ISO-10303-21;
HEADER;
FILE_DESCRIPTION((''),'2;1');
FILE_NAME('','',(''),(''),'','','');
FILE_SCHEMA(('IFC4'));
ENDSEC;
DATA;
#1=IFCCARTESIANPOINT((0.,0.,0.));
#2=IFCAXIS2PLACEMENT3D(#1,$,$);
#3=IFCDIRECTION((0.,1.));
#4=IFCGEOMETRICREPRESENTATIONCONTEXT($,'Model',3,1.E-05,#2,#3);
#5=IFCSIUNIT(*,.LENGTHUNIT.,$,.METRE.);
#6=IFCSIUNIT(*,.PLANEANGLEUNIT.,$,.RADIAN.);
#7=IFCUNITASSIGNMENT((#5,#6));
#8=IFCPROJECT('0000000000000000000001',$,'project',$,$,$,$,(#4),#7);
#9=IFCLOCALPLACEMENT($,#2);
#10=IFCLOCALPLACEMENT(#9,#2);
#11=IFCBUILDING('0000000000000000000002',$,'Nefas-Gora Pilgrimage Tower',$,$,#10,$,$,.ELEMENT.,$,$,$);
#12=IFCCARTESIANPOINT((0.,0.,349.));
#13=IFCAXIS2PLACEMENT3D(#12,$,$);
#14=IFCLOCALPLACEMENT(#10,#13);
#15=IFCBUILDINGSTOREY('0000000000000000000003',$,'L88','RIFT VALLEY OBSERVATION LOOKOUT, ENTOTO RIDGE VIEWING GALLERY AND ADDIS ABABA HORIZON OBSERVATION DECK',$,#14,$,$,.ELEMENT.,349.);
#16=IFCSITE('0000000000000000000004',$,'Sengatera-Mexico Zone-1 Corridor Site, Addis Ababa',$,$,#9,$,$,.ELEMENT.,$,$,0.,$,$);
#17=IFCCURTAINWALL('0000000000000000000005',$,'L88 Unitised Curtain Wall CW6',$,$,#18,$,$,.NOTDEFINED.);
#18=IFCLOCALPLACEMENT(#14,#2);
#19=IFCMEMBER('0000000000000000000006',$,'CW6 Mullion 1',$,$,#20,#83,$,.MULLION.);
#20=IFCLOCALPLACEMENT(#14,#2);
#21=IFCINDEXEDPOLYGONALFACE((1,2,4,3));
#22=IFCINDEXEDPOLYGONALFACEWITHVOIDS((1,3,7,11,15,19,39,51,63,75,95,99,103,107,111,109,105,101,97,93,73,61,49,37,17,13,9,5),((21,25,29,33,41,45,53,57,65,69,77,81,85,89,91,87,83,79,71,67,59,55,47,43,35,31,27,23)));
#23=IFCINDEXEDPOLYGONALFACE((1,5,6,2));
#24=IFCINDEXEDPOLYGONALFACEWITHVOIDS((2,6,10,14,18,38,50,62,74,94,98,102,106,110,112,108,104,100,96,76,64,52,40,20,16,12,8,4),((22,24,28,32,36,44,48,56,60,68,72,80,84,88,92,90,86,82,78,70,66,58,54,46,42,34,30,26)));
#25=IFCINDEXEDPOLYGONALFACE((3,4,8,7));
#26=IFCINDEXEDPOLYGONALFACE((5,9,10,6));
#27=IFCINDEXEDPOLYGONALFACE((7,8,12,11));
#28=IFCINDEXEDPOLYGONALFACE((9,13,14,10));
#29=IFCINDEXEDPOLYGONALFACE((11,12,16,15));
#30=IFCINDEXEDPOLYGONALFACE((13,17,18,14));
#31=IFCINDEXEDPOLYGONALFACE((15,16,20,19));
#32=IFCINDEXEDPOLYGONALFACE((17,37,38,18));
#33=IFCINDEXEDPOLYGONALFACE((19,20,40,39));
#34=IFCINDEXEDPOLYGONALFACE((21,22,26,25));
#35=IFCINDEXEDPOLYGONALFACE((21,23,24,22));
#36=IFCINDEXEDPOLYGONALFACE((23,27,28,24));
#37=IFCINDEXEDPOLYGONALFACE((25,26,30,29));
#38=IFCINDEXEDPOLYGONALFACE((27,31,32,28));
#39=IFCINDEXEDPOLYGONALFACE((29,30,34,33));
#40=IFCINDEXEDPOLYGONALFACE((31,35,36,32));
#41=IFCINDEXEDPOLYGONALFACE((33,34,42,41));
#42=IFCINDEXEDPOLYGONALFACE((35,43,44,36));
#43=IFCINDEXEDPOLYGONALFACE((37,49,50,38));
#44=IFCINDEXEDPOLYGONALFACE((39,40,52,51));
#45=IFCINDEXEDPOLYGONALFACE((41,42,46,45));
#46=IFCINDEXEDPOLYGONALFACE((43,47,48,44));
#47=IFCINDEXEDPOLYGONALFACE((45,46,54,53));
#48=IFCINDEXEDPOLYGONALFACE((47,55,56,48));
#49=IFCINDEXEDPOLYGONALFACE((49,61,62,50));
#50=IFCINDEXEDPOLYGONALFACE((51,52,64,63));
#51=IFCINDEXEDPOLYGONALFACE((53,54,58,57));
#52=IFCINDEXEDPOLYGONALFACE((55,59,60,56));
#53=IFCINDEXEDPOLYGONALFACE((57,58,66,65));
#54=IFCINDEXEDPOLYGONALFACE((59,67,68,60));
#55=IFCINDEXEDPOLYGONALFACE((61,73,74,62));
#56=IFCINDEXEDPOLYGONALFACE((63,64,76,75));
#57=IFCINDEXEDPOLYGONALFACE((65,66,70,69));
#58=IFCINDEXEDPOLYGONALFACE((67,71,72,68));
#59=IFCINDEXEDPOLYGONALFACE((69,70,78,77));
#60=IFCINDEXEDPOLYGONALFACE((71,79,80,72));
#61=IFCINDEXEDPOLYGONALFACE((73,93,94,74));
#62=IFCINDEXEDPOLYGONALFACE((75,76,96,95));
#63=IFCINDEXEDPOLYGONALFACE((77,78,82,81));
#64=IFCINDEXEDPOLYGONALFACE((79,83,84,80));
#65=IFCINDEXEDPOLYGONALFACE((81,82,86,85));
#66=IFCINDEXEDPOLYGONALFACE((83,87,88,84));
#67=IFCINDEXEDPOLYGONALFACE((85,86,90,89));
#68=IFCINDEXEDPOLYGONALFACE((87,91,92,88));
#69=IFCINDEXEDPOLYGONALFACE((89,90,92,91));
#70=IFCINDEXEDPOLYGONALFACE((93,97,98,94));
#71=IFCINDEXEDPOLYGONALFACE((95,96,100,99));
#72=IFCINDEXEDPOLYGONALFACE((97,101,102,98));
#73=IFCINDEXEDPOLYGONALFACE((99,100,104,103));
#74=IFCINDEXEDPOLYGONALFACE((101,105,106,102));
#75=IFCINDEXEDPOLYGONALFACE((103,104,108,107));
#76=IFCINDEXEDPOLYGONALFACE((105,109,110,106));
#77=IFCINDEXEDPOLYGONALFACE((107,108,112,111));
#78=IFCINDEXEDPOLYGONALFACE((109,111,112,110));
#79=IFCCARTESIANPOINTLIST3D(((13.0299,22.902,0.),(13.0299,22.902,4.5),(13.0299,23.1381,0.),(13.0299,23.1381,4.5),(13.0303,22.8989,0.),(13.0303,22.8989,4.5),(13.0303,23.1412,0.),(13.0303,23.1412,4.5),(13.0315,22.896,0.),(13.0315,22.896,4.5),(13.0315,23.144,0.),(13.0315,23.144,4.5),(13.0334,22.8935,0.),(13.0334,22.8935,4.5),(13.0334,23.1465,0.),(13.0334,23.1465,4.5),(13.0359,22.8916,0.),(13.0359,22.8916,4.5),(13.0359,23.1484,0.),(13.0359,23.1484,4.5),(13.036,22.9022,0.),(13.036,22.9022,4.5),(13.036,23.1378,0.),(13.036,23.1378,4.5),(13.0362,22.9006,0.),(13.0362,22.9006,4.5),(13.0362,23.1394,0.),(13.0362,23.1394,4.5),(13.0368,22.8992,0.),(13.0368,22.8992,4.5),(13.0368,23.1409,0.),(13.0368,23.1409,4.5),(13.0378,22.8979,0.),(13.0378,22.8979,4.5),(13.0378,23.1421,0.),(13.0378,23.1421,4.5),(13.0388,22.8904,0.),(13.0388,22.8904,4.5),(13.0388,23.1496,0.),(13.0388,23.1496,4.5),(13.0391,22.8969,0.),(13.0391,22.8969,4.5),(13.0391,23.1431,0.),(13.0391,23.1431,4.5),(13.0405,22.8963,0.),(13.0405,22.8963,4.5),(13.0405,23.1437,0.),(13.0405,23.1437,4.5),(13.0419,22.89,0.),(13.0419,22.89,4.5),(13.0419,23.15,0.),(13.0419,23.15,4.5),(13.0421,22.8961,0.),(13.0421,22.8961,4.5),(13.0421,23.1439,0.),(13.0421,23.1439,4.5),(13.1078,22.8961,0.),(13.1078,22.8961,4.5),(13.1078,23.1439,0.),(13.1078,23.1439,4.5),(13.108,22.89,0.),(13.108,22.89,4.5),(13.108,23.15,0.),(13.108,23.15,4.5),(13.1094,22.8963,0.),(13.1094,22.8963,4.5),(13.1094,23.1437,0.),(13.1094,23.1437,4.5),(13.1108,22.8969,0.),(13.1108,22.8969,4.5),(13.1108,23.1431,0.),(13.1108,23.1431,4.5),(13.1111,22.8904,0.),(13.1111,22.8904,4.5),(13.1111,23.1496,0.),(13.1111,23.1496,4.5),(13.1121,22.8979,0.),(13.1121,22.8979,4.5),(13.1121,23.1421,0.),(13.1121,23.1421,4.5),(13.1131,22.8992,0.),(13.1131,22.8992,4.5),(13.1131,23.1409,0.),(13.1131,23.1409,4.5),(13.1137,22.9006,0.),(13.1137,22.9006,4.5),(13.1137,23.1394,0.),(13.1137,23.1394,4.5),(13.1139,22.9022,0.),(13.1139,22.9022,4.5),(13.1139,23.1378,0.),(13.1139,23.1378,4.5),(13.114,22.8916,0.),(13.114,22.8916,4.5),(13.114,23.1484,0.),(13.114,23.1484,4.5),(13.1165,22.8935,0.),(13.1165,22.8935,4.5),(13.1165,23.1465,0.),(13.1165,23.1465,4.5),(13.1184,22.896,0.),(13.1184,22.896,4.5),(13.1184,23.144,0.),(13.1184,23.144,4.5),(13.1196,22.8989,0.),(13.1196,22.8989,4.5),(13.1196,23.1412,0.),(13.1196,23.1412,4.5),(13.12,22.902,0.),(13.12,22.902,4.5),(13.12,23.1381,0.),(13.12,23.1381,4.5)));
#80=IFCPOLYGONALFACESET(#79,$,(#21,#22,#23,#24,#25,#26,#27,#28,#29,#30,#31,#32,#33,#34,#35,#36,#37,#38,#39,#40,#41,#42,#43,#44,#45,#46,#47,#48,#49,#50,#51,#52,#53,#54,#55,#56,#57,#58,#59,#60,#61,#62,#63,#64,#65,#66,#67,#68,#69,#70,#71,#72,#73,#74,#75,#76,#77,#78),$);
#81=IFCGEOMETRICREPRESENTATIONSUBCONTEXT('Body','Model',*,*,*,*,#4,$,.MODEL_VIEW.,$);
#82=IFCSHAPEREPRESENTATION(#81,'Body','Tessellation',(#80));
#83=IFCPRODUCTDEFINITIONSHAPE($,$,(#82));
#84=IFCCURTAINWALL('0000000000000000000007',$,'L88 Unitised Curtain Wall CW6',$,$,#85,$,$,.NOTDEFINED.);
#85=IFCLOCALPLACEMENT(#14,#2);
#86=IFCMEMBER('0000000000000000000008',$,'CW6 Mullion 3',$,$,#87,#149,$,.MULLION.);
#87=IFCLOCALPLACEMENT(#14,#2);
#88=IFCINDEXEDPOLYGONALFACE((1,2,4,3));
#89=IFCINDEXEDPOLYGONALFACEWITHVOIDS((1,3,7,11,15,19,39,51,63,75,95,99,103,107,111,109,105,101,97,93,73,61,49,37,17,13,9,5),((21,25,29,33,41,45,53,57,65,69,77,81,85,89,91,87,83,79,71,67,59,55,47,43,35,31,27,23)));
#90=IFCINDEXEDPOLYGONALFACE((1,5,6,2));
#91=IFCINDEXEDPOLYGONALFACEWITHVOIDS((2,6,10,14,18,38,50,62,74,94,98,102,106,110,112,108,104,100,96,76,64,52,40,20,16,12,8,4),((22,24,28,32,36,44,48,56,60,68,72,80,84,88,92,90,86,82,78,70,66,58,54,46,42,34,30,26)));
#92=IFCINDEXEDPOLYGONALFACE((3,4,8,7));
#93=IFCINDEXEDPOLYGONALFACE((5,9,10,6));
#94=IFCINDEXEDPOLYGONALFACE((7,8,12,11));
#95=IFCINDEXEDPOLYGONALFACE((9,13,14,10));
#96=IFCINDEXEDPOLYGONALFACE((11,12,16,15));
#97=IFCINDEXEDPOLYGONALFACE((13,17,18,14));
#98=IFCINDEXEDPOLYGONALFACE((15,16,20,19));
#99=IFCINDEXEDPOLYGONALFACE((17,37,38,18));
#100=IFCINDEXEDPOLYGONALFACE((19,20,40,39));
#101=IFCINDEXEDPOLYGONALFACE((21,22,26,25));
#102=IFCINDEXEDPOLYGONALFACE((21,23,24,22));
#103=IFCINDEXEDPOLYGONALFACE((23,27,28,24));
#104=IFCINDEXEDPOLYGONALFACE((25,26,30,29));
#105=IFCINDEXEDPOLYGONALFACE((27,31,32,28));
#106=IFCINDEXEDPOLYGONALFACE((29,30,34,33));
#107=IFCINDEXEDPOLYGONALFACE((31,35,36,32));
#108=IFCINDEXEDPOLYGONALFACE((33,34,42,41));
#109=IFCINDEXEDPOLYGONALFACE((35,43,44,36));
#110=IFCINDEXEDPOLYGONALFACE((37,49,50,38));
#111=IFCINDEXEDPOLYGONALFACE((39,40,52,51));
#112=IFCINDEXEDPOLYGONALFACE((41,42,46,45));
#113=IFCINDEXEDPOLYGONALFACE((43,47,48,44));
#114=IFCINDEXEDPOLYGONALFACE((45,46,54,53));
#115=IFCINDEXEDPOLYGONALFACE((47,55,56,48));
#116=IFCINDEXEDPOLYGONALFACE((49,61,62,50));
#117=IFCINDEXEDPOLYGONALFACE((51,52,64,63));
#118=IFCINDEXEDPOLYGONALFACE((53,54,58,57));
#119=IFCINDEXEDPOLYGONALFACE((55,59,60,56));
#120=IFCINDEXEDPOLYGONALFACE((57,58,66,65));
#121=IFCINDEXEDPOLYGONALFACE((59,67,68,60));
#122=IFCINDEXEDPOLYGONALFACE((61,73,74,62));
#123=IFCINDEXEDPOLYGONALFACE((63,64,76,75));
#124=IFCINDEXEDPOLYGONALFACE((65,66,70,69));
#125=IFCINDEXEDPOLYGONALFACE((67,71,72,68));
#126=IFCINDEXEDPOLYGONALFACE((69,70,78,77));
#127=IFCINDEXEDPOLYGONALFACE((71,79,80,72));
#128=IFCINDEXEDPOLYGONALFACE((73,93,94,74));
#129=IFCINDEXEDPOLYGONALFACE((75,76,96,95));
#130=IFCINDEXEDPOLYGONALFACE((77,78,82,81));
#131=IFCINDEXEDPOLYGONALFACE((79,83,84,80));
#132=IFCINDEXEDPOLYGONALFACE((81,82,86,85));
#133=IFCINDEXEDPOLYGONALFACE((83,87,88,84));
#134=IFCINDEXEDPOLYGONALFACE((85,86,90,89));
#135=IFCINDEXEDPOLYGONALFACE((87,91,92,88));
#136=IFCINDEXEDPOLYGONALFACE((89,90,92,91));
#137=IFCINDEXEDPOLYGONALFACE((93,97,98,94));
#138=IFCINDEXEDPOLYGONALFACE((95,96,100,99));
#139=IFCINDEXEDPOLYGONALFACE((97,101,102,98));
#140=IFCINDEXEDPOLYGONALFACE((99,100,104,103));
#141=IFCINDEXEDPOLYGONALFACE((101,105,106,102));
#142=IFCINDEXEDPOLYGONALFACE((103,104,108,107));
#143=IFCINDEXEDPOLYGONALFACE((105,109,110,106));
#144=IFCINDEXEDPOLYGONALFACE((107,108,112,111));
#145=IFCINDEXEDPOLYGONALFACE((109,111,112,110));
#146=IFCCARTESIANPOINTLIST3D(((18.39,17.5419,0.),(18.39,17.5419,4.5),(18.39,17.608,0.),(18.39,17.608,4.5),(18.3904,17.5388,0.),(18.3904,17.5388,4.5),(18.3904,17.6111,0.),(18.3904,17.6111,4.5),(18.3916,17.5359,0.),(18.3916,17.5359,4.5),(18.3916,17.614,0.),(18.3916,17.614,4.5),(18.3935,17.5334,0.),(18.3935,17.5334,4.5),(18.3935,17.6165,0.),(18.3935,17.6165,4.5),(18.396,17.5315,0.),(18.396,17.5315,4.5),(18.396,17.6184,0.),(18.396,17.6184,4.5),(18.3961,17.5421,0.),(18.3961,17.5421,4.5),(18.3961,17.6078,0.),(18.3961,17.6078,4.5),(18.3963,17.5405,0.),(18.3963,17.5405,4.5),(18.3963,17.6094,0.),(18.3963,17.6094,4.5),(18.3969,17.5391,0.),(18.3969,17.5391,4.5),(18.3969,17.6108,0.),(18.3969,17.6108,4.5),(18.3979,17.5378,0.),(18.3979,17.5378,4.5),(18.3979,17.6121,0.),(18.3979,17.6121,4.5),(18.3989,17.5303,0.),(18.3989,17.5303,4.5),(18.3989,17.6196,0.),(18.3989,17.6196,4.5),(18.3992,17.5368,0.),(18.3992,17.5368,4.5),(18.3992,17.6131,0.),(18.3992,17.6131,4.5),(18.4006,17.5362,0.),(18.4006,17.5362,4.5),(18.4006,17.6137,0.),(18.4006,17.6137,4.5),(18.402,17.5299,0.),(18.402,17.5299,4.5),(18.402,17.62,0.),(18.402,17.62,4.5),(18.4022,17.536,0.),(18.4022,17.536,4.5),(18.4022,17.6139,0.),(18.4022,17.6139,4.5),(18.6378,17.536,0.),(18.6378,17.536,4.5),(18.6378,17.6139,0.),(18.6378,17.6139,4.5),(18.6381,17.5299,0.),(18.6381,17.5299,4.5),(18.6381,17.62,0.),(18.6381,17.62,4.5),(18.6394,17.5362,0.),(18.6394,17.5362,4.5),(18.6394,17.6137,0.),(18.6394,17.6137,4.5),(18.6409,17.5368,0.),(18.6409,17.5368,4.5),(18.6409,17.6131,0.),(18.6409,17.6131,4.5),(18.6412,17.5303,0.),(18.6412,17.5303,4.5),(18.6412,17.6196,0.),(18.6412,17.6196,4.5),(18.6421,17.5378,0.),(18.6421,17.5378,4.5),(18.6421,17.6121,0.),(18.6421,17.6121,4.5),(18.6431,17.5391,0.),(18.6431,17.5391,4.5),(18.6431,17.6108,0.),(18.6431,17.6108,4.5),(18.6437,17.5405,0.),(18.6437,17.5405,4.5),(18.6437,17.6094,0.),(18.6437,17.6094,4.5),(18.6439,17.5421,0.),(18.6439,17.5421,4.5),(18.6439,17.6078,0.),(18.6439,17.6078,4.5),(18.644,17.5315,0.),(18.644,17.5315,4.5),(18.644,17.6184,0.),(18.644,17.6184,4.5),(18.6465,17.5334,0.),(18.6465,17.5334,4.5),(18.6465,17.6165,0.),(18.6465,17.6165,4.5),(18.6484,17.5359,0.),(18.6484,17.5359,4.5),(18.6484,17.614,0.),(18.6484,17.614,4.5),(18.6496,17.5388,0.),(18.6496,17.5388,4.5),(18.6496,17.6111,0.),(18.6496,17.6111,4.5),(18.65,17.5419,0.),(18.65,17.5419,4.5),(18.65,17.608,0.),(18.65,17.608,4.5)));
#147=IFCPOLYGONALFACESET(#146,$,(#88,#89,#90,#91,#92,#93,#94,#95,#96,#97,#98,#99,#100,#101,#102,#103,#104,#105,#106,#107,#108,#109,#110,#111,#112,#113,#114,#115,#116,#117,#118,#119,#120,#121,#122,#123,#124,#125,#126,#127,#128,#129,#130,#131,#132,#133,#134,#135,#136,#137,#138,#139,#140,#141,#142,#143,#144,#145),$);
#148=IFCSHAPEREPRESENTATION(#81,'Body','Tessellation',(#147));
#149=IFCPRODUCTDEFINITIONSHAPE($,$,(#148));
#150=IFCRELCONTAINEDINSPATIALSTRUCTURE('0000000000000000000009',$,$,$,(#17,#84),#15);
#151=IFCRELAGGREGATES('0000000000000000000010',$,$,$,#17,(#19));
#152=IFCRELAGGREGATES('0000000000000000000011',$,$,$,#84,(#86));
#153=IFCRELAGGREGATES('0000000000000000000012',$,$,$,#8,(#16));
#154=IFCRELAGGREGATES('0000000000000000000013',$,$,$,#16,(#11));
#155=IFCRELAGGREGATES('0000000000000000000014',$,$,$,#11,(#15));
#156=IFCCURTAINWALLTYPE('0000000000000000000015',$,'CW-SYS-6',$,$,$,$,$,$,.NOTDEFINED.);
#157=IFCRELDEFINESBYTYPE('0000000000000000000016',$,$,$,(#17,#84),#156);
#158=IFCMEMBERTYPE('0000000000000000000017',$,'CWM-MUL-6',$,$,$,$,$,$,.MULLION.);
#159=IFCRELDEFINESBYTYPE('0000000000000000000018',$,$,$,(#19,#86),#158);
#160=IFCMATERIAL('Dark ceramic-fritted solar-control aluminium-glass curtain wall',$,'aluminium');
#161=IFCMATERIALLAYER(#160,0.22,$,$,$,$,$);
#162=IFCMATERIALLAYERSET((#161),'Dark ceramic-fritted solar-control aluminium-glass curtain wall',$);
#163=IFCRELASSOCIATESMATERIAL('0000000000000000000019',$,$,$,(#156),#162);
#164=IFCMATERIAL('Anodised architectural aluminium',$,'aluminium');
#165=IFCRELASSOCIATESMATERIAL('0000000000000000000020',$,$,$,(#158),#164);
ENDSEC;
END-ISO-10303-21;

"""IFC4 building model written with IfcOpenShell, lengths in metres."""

from ifc_helpers import new_model, si_unit, direction, frame, origin, origin_2d, place, context, subcontext, project, spatial, hollow_rectangle, extrude, source, transform, mapped, material, layer, layer_set, material_profile, profile_set, type_object, element, aggregate, save


model = new_model("IFC4")

# Units and contexts
model_context = context("Model", 3, precision=1e-05, world=origin(), true_north=direction((0.0, 1.0)))
body_context = subcontext(model_context, "Body", "Model", "MODEL_VIEW")
ifc_project = project(units=[si_unit("LENGTHUNIT", "METRE"), si_unit("PLANEANGLEUNIT", "RADIAN")], contexts=[model_context])

# Site, building, storey
site_placement = place(None, origin())
site = spatial("IfcSite", under=ifc_project, at=site_placement, Name="Sengatera-Mexico Zone-1 Corridor Site, Addis Ababa", CompositionType="ELEMENT", RefElevation=0.0)
building_placement = place(site_placement, origin())
building = spatial("IfcBuilding", under=site, at=building_placement, Name="Nefas-Gora Pilgrimage Tower", CompositionType="ELEMENT")
storey_placement = place(building_placement, frame((0.0, 0.0, 349.0)))
storey = spatial("IfcBuildingStorey", under=building, at=storey_placement, Name="L88", Description="RIFT VALLEY OBSERVATION LOOKOUT, ENTOTO RIDGE VIEWING GALLERY AND ADDIS ABABA HORIZON OBSERVATION DECK", CompositionType="ELEMENT", Elevation=349.0)

# Curtain walls, members
ifc_material_1 = material(Name="Dark ceramic-fritted solar-control aluminium-glass curtain wall", Category="aluminium")
ifc_layer_1 = layer(ifc_material_1, 0.22)
ifc_layer_set_1 = layer_set([ifc_layer_1], Name="Dark ceramic-fritted solar-control aluminium-glass curtain wall")
curtain_wall_type = type_object("IfcCurtainWallType", Name="CW-SYS-6", PredefinedType="NOTDEFINED", material=ifc_layer_set_1)
curtain_wall_1_placement = place(storey_placement, origin())
curtain_wall_1 = element("IfcCurtainWall", 1, at=curtain_wall_1_placement, inside=storey, type_object=curtain_wall_type, Name="L88 Unitised Curtain Wall CW6", PredefinedType="NOTDEFINED")
ifc_material_2 = material(Name="Anodised architectural aluminium", Category="aluminium")
ifc_material_profile_1 = material_profile(ifc_material_2, hollow_rectangle(XDim=0.0901, YDim=0.26, WallThickness=0.0061, InnerFilletRadius=0.0061, OuterFilletRadius=0.012, at=origin_2d()), Name="ALU MULLION 90x260")
ifc_profile_set_1 = profile_set([ifc_material_profile_1], Name="Anodised architectural aluminium")
member_type_1 = type_object("IfcMemberType", Name="CWM-MUL-6", PredefinedType="MULLION", material=ifc_profile_set_1)
shared_shape_1 = source(origin(), body_context, "Body", "SweptSolid", [
    extrude(hollow_rectangle(XDim=0.0901, YDim=0.26, WallThickness=0.0061, InnerFilletRadius=0.0061, OuterFilletRadius=0.012, at=origin_2d()), origin(), (0.0, 0.0, 1.0), 4.5),
])
member_1_placement = place(storey_placement, frame((13.075, 23.02, 0.0), z_axis=(0.0, 0.0, 1.0), x_axis=(-1.0, 0.0, 0.0)))
member_1 = element("IfcMember", 2, at=member_1_placement, type_object=member_type_1, Name="CW6 Mullion 1", PredefinedType="MULLION", context=body_context, shape_type="MappedRepresentation", body=[
    mapped(shared_shape_1, transform((0.0, 0.0, 0.0), x_axis=(1.0, 0.0, 0.0), y_axis=(0.0, 1.0, 0.0), z_axis=(0.0, 0.0, 1.0), scale=1.0)),
])
curtain_wall_2_placement = place(storey_placement, origin())
curtain_wall_2 = element("IfcCurtainWall", 3, at=curtain_wall_2_placement, inside=storey, type_object=curtain_wall_type, Name="L88 Unitised Curtain Wall CW6", PredefinedType="NOTDEFINED")
member_2_placement = place(storey_placement, frame((18.52, 17.575, 0.0), z_axis=(0.0, 0.0, 1.0), x_axis=(0.0, 1.0, 0.0)))
member_2 = element("IfcMember", 4, at=member_2_placement, type_object=member_type_1, Name="CW6 Mullion 3", PredefinedType="MULLION", context=body_context, shape_type="MappedRepresentation", body=[
    mapped(shared_shape_1, transform((0.0, 0.0, 0.0), x_axis=(1.0, 0.0, 0.0), y_axis=(0.0, 1.0, 0.0), z_axis=(0.0, 0.0, 1.0), scale=1.0)),
])

aggregate(curtain_wall_1, [member_1])

aggregate(curtain_wall_2, [member_2])

save(model, "model.ifc")
